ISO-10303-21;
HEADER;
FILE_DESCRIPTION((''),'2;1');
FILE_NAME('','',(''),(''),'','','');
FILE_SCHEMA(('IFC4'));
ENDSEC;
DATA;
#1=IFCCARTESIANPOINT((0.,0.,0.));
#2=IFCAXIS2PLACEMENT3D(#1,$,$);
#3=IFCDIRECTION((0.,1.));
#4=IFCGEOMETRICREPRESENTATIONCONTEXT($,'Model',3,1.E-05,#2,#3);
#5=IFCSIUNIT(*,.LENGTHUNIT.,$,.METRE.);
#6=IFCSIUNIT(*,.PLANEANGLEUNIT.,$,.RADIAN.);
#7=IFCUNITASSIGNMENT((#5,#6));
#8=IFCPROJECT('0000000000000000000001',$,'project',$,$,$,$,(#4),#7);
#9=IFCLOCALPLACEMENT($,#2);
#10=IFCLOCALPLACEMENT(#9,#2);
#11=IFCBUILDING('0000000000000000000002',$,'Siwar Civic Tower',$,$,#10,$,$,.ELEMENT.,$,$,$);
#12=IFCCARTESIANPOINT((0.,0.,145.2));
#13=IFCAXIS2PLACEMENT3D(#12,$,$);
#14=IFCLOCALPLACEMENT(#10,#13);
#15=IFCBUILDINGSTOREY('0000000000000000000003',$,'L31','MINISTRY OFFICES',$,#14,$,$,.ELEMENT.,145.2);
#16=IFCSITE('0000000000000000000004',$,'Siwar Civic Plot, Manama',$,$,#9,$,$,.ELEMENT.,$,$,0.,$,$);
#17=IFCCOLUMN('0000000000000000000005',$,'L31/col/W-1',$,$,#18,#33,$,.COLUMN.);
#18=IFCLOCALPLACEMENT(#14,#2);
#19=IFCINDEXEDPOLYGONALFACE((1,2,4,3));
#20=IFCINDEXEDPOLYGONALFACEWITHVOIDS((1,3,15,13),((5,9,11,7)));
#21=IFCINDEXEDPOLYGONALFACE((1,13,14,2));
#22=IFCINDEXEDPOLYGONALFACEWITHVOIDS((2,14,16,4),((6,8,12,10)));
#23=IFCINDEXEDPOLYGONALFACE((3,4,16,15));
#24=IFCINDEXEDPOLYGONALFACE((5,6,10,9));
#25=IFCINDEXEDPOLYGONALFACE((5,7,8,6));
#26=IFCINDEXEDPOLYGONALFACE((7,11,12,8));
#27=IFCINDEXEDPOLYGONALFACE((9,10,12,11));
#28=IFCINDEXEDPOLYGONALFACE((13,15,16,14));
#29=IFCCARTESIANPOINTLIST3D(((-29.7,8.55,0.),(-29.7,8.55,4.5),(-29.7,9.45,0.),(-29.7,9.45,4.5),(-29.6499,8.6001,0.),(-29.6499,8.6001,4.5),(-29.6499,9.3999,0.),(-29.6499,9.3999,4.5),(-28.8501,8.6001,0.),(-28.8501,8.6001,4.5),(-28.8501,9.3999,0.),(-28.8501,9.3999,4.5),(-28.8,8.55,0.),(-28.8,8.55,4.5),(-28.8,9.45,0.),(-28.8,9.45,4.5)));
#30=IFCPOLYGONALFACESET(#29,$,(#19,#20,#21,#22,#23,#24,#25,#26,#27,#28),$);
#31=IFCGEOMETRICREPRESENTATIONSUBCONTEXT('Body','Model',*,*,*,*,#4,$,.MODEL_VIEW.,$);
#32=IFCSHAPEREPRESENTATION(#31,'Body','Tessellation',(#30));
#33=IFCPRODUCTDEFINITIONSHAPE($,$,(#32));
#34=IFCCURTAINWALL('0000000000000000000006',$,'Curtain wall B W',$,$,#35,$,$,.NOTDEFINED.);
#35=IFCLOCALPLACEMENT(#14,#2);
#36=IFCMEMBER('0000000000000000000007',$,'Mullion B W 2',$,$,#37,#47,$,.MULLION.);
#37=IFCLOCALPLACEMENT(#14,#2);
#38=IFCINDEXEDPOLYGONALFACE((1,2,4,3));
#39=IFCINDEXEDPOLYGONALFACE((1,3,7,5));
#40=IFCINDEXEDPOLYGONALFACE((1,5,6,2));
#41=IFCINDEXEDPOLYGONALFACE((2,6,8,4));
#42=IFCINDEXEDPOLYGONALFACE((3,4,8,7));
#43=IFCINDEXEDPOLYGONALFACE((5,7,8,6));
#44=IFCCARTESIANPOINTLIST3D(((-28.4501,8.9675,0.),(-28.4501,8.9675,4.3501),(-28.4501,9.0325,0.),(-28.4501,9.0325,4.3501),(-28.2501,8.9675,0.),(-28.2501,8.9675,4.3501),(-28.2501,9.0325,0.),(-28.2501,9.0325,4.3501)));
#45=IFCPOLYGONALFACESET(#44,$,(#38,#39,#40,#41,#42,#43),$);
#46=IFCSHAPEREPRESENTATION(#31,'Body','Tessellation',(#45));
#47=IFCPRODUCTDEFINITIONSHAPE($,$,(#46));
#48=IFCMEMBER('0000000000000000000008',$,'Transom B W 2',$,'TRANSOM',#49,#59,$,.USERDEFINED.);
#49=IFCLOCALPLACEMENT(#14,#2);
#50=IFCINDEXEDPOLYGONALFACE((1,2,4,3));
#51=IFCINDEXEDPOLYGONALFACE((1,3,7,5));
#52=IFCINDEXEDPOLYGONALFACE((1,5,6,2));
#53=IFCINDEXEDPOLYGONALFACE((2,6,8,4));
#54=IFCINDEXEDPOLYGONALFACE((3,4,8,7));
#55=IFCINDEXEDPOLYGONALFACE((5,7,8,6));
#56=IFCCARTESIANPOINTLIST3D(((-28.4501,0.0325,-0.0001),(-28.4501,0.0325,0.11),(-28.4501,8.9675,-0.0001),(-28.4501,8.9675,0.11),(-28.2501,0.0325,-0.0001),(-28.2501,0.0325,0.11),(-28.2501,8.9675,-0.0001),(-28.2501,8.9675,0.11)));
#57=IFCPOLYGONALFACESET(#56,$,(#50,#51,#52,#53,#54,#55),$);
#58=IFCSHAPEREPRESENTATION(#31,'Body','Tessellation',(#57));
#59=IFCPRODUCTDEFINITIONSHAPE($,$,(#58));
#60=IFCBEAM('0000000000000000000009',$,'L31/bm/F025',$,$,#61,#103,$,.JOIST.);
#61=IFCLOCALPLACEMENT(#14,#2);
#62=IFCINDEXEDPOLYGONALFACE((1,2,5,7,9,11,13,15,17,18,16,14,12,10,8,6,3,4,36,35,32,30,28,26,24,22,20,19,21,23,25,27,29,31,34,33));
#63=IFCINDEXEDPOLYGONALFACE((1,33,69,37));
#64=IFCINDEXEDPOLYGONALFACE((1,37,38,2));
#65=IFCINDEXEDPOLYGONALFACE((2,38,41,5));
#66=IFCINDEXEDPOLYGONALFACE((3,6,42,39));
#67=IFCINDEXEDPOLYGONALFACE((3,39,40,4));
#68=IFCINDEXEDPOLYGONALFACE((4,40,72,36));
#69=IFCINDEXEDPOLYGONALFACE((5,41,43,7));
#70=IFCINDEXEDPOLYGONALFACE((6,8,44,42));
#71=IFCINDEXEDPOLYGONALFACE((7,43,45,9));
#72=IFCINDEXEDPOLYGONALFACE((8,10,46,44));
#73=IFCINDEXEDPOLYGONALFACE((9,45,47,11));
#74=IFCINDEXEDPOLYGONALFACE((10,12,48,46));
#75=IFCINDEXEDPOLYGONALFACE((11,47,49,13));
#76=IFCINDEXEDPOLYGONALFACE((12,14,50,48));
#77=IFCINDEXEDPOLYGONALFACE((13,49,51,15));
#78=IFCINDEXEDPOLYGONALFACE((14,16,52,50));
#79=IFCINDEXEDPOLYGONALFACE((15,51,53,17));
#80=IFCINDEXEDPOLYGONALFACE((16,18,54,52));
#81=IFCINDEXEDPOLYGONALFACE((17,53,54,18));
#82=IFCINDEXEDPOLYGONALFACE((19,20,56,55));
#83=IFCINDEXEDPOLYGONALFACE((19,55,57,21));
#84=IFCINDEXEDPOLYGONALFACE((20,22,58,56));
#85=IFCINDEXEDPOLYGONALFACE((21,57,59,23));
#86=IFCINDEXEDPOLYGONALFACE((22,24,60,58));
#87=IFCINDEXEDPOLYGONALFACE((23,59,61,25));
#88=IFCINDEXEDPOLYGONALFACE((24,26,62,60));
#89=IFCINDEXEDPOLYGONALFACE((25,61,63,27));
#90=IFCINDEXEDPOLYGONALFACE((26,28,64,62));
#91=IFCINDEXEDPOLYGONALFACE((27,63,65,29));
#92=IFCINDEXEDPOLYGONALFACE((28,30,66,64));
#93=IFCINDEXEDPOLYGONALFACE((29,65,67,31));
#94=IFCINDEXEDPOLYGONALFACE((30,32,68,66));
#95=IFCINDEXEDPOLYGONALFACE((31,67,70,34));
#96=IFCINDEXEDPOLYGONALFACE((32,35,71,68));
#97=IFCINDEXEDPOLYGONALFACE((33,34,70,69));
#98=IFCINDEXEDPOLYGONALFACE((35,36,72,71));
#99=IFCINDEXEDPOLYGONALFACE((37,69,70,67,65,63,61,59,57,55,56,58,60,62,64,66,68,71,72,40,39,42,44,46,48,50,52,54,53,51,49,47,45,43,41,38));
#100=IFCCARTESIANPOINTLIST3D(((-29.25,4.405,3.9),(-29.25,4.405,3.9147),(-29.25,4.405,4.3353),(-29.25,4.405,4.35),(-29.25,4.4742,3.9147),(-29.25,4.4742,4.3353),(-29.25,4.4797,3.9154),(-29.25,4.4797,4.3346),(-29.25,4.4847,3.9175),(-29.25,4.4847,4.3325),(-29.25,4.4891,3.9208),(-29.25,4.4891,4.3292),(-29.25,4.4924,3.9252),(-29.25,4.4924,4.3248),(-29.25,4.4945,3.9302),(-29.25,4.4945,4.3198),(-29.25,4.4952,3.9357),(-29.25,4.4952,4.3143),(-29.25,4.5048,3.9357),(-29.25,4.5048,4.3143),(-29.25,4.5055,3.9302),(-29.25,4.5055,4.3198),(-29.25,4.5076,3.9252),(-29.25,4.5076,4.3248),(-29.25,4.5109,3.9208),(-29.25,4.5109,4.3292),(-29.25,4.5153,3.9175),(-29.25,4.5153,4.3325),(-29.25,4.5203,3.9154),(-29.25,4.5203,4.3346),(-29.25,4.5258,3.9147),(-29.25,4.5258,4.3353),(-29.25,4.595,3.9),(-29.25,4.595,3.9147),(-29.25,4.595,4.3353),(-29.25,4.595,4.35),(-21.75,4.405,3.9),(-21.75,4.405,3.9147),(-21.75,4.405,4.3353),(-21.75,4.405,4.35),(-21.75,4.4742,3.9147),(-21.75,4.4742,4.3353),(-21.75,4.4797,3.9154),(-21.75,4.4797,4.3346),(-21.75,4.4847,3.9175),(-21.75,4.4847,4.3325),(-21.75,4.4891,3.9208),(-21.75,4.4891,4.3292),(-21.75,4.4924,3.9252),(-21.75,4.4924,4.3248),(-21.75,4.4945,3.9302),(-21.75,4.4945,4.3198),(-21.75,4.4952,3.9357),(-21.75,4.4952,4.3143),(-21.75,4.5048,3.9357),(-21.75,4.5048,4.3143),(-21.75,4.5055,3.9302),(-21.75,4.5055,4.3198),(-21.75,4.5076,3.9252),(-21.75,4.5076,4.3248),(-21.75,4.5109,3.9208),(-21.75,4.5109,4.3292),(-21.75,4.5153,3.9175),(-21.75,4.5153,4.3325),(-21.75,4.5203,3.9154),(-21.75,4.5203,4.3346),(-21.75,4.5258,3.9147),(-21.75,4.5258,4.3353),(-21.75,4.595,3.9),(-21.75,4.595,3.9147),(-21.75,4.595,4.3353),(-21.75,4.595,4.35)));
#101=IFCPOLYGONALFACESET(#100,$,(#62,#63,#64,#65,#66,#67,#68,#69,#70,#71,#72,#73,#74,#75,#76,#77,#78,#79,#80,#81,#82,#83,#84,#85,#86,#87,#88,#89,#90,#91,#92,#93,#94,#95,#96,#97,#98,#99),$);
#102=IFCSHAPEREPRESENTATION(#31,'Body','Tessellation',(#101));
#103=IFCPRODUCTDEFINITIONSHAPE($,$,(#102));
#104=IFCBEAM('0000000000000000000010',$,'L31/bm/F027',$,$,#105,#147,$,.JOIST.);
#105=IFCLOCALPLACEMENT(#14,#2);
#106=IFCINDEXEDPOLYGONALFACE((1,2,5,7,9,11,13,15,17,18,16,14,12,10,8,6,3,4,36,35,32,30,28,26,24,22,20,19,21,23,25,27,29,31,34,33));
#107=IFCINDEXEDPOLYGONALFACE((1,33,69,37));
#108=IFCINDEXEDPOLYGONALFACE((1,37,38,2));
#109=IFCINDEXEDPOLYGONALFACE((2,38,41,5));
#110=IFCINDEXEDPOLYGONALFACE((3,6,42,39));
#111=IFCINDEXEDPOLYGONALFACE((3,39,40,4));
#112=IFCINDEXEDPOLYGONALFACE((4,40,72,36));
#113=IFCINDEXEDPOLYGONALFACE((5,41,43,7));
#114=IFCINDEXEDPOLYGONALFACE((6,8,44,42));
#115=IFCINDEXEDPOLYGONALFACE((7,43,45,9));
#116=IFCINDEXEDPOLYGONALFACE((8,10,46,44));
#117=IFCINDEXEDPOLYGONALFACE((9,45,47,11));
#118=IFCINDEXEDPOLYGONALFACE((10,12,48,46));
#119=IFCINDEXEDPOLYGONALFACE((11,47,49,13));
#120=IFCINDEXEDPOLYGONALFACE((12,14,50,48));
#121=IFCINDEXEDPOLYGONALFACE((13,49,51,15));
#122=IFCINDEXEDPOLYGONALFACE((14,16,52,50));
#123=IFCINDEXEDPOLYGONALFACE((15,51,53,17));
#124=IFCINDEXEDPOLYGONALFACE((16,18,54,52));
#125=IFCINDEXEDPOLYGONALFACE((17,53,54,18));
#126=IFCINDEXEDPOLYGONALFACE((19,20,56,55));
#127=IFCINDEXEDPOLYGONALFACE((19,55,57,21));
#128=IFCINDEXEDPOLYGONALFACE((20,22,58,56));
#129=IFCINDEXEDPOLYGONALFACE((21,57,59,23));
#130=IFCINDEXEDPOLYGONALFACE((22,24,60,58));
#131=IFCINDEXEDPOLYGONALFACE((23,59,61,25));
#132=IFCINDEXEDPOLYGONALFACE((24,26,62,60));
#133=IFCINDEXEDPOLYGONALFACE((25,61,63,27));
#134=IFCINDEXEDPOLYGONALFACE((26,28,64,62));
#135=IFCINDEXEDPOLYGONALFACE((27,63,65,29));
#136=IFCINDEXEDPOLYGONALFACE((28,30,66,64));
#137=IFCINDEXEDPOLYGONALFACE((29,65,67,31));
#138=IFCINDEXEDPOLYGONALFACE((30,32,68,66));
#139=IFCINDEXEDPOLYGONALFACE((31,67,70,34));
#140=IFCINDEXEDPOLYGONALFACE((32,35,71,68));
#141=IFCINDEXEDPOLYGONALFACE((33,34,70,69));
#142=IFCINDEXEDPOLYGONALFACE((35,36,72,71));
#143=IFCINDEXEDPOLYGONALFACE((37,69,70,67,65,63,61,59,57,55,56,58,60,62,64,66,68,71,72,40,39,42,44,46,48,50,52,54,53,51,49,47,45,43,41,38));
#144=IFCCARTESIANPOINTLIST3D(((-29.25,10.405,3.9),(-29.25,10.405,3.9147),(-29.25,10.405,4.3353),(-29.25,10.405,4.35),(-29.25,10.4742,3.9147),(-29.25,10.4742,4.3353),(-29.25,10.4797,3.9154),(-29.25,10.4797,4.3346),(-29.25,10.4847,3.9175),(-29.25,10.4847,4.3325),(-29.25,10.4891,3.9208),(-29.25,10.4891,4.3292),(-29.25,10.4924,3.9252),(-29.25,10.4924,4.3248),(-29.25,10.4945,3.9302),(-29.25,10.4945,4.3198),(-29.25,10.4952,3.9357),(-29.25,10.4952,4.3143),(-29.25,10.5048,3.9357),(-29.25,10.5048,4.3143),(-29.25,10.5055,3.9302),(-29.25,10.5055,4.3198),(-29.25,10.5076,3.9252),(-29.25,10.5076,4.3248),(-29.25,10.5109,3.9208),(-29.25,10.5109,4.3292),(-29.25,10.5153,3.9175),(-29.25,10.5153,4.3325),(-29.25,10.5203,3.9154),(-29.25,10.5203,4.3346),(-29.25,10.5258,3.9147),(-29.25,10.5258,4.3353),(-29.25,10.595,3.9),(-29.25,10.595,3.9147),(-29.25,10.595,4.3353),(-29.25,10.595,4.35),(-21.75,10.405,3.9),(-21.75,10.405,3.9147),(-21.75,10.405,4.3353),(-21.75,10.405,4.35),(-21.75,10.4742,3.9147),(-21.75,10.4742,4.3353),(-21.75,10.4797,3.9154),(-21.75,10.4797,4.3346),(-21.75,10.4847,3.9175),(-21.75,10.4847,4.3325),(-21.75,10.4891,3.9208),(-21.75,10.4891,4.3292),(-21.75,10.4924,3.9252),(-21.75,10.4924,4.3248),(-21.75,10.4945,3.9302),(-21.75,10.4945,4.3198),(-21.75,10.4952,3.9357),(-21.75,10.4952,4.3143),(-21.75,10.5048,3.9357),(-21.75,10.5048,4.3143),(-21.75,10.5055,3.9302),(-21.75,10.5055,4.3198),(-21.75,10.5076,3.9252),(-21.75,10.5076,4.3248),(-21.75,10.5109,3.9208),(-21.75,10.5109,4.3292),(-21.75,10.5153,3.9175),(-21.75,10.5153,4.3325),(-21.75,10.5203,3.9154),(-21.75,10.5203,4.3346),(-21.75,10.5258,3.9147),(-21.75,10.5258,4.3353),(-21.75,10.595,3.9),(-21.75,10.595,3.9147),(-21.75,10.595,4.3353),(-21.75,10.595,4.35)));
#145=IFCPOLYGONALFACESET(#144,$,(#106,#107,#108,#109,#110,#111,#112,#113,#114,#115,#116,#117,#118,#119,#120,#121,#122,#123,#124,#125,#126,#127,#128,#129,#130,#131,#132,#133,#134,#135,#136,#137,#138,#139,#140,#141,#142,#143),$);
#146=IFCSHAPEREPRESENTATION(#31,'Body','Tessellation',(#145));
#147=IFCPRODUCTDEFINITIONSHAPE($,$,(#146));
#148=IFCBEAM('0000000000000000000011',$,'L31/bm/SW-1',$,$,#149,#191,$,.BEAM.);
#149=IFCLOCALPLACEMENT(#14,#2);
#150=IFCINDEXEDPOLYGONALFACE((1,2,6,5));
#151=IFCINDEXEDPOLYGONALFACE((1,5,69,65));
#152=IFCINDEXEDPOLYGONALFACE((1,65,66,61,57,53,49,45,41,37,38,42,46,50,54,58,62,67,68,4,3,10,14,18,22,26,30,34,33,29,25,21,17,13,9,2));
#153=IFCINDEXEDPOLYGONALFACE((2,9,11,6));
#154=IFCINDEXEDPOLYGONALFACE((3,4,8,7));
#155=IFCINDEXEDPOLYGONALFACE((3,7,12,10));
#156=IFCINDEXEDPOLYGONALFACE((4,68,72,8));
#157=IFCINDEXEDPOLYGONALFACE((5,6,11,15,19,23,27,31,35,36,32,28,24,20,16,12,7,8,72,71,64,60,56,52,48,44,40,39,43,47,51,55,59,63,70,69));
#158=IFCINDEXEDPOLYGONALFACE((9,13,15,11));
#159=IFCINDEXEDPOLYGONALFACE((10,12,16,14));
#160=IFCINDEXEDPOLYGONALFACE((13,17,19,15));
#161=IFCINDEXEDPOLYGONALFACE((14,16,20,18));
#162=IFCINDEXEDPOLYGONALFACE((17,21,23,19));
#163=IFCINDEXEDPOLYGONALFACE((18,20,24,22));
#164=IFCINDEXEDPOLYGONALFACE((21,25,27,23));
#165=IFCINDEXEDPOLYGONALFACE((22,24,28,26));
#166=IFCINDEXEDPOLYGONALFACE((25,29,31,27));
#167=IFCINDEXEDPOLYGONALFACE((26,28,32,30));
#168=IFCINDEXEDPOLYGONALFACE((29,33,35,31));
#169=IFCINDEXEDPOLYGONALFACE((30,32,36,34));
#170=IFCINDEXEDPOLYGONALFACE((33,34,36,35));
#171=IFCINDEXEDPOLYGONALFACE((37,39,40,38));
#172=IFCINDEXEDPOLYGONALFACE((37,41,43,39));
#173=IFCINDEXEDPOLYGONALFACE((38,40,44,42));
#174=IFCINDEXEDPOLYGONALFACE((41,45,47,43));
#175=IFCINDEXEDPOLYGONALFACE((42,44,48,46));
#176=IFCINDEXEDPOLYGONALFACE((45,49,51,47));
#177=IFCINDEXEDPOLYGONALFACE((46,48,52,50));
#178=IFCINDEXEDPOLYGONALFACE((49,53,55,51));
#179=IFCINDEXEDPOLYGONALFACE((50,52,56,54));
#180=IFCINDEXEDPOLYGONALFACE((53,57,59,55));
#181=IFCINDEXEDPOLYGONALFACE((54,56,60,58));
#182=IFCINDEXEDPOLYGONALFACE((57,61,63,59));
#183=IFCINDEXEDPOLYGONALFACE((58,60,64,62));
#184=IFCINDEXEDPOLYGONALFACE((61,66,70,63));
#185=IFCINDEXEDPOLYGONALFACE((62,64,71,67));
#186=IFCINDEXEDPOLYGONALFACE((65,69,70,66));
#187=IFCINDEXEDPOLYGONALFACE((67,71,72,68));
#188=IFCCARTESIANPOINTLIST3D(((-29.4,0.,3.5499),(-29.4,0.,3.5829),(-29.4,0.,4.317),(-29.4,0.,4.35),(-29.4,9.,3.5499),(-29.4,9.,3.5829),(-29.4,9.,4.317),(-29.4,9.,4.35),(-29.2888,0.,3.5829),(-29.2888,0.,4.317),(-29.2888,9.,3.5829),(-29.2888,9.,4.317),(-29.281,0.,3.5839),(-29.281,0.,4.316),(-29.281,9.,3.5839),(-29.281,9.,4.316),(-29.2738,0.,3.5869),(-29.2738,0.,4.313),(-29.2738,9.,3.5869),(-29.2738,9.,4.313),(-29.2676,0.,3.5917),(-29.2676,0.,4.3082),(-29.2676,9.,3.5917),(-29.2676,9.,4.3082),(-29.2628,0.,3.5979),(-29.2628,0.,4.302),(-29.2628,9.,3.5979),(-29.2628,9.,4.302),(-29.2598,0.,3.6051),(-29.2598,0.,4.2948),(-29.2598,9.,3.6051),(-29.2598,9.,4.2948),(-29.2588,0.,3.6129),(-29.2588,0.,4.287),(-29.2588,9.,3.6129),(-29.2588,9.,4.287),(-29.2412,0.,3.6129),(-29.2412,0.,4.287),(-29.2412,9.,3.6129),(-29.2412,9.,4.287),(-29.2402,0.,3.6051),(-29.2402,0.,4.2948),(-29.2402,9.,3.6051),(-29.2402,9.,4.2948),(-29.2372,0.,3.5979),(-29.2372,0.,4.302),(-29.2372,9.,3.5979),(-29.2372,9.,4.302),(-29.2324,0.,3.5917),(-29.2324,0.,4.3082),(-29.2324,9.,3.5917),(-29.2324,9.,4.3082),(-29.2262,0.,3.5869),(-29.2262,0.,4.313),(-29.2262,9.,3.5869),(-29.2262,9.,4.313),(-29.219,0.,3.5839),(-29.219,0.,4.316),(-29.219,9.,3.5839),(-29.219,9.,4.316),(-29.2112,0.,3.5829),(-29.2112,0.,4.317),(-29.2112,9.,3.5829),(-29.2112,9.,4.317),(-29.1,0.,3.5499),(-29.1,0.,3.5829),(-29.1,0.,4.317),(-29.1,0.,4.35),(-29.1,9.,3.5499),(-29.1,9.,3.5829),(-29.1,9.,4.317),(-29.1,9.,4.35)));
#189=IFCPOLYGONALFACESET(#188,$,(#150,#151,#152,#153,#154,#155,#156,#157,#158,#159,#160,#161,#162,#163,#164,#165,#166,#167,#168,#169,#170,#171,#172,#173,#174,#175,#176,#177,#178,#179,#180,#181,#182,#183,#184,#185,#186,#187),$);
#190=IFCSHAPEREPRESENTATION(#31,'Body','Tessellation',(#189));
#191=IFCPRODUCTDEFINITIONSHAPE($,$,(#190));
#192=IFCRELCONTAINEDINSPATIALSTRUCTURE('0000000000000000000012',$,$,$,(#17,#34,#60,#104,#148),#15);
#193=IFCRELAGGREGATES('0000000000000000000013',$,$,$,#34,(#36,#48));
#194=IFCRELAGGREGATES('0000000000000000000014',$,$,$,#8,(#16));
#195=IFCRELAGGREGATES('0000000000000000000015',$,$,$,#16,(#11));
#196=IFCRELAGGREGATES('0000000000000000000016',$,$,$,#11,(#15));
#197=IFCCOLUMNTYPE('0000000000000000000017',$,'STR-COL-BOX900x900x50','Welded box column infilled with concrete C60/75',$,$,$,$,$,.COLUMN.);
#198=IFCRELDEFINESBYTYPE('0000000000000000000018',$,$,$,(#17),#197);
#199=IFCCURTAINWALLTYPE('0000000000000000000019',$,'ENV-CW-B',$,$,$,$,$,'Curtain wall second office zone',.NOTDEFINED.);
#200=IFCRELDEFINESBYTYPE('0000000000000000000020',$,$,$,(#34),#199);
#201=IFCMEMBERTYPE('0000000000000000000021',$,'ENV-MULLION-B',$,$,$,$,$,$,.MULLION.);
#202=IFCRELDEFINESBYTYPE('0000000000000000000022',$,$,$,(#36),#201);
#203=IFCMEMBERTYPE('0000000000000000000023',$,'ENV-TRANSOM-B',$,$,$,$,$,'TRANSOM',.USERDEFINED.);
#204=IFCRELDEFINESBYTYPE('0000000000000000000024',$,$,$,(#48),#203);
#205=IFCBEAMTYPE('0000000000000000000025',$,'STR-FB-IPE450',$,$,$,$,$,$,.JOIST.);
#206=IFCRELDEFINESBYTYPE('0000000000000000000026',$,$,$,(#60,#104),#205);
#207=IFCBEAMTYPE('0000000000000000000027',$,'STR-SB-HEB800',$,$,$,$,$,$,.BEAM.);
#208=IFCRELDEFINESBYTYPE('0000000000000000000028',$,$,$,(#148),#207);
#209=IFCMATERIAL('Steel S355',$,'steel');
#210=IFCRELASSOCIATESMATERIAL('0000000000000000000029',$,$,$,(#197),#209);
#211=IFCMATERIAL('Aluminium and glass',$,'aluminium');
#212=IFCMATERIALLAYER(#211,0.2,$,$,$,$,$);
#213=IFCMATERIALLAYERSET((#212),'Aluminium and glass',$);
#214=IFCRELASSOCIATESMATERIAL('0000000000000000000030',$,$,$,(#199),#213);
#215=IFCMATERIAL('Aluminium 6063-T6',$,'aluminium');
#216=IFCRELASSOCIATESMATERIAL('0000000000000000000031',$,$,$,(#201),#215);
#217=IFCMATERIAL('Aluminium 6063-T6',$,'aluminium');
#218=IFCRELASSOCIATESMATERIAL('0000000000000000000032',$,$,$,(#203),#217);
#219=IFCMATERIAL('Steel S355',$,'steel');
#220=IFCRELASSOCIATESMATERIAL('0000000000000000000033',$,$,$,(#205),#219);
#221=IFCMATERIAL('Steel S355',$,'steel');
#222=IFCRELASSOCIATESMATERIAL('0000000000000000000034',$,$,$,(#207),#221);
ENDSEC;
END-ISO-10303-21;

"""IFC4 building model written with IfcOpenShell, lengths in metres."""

from ifc_helpers import new_model, si_unit, direction, frame, origin, origin_2d, place, context, subcontext, project, spatial, rectangle, hollow_rectangle, i_section, extrude, material, layer, layer_set, material_profile, profile_set, type_object, element, aggregate, save


model = new_model("IFC4")

# Units and contexts
model_context = context("Model", 3, precision=1e-05, world=origin(), true_north=direction((0.0, 1.0)))
body_context = subcontext(model_context, "Body", "Model", "MODEL_VIEW")
ifc_project = project(units=[si_unit("LENGTHUNIT", "METRE"), si_unit("PLANEANGLEUNIT", "RADIAN")], contexts=[model_context])

# Site, building, storey
site_placement = place(None, origin())
site = spatial("IfcSite", under=ifc_project, at=site_placement, Name="Siwar Civic Plot, Manama", CompositionType="ELEMENT", RefElevation=0.0)
building_placement = place(site_placement, origin())
building = spatial("IfcBuilding", under=site, at=building_placement, Name="Siwar Civic Tower", CompositionType="ELEMENT")
storey_placement = place(building_placement, frame((0.0, 0.0, 145.2)))
storey = spatial("IfcBuildingStorey", under=building, at=storey_placement, Name="L31", Description="MINISTRY OFFICES", CompositionType="ELEMENT", Elevation=145.2)

# Column
ifc_material_1 = material(Name="Steel S355", Category="steel")
ifc_material_profile_1 = material_profile(ifc_material_1, hollow_rectangle(XDim=0.8999, YDim=0.8999, WallThickness=0.05, at=origin_2d()), Name="BOX900x900x50")
ifc_profile_set_1 = profile_set([ifc_material_profile_1], Name="Steel S355")
column_type = type_object("IfcColumnType", Name="STR-COL-BOX900x900x50", Description="Welded box column infilled with concrete C60/75", PredefinedType="COLUMN", material=ifc_profile_set_1)
column_placement = place(storey_placement, frame((-29.25, 9.0, 0.0), z_axis=(0.0, 0.0, 1.0), x_axis=(1.0, 0.0, 0.0)))
element("IfcColumn", 1, at=column_placement, inside=storey, type_object=column_type, Name="L31/col/W-1", PredefinedType="COLUMN", context=body_context, shape_type="SweptSolid", body=[
    extrude(hollow_rectangle(XDim=0.8999, YDim=0.8999, WallThickness=0.05, at=origin_2d()), origin(), (0.0, 0.0, 1.0), 4.5),
])

# Curtain wall, members
ifc_material_2 = material(Name="Aluminium and glass", Category="aluminium")
ifc_layer_1 = layer(ifc_material_2, 0.2)
ifc_layer_set_1 = layer_set([ifc_layer_1], Name="Aluminium and glass")
curtain_wall_type = type_object("IfcCurtainWallType", Name="ENV-CW-B", ElementType="Curtain wall second office zone", PredefinedType="NOTDEFINED", material=ifc_layer_set_1)
curtain_wall_placement = place(storey_placement, origin())
curtain_wall = element("IfcCurtainWall", 2, at=curtain_wall_placement, inside=storey, type_object=curtain_wall_type, Name="Curtain wall B W", PredefinedType="NOTDEFINED")
ifc_material_3 = material(Name="Aluminium 6063-T6", Category="aluminium")
ifc_material_profile_2 = material_profile(ifc_material_3, rectangle(XDim=0.2, YDim=0.0649, at=origin_2d()), Name="AL 200x65")
ifc_profile_set_2 = profile_set([ifc_material_profile_2], Name="Aluminium 6063-T6")
member_type_1 = type_object("IfcMemberType", Name="ENV-MULLION-B", PredefinedType="MULLION", material=ifc_profile_set_2)
member_1_placement = place(storey_placement, frame((-28.3501, 9.0, 0.0), z_axis=(0.0, 0.0, 1.0), x_axis=(1.0, 0.0, 0.0)))
member_1 = element("IfcMember", 3, at=member_1_placement, type_object=member_type_1, Name="Mullion B W 2", PredefinedType="MULLION", context=body_context, shape_type="SweptSolid", body=[
    extrude(rectangle(XDim=0.2, YDim=0.0649, at=origin_2d()), origin(), (0.0, 0.0, 1.0), 4.3501),
])
ifc_material_4 = material(Name="Aluminium 6063-T6", Category="aluminium")
ifc_material_profile_3 = material_profile(ifc_material_4, rectangle(XDim=0.2, YDim=0.1101, at=origin_2d()), Name="AL 200x110")
ifc_profile_set_3 = profile_set([ifc_material_profile_3], Name="Aluminium 6063-T6")
member_type_2 = type_object("IfcMemberType", Name="ENV-TRANSOM-B", ElementType="TRANSOM", PredefinedType="USERDEFINED", material=ifc_profile_set_3)
member_2_placement = place(storey_placement, frame((-28.3501, 8.9675, 0.0549), z_axis=(0.0, -1.0, 0.0), x_axis=(1.0, 0.0, 0.0)))
member_2 = element("IfcMember", 4, at=member_2_placement, type_object=member_type_2, Name="Transom B W 2", ObjectType="TRANSOM", PredefinedType="USERDEFINED", context=body_context, shape_type="SweptSolid", body=[
    extrude(rectangle(XDim=0.2, YDim=0.1101, at=origin_2d()), origin(), (0.0, 0.0, 1.0), 8.9351),
])

# Beams
ifc_material_5 = material(Name="Steel S355", Category="steel")
ifc_material_profile_4 = material_profile(ifc_material_5, i_section(OverallWidth=0.1899, OverallDepth=0.45, WebThickness=0.0095, FlangeThickness=0.0146, FilletRadius=0.021, at=origin_2d()), Name="IPE450")
ifc_profile_set_4 = profile_set([ifc_material_profile_4], Name="Steel S355")
beam_type_1 = type_object("IfcBeamType", Name="STR-FB-IPE450", PredefinedType="JOIST", material=ifc_profile_set_4)
for number, where, z_axis, x_axis, name in (
    (5, (-29.25, 4.5, 4.125), (1.0, 0.0, 0.0), (0.0, 1.0, 0.0), "L31/bm/F025"),
    (6, (-29.25, 10.5, 4.125), (1.0, 0.0, 0.0), (0.0, 1.0, 0.0), "L31/bm/F027"),
):
    element("IfcBeam", number, at=place(storey_placement, frame(where, z_axis=z_axis, x_axis=x_axis)), inside=storey, type_object=beam_type_1, Name=name, PredefinedType="JOIST", context=body_context, shape_type="SweptSolid", body=[
        extrude(i_section(OverallWidth=0.1899, OverallDepth=0.45, WebThickness=0.0095, FlangeThickness=0.0146, FilletRadius=0.021, at=origin_2d()), origin(), (0.0, 0.0, 1.0), 7.5),
    ])
ifc_material_6 = material(Name="Steel S355", Category="steel")
ifc_material_profile_5 = material_profile(ifc_material_6, i_section(OverallWidth=0.3, OverallDepth=0.8, WebThickness=0.0176, FlangeThickness=0.033, FilletRadius=0.03, at=origin_2d()), Name="HEB800")
ifc_profile_set_5 = profile_set([ifc_material_profile_5], Name="Steel S355")
beam_type_2 = type_object("IfcBeamType", Name="STR-SB-HEB800", PredefinedType="BEAM", material=ifc_profile_set_5)
beam_placement = place(storey_placement, frame((-29.25, 9.0, 3.95), z_axis=(0.0, -1.0, 0.0), x_axis=(1.0, 0.0, 0.0)))
element("IfcBeam", 7, at=beam_placement, inside=storey, type_object=beam_type_2, Name="L31/bm/SW-1", PredefinedType="BEAM", context=body_context, shape_type="SweptSolid", body=[
    extrude(i_section(OverallWidth=0.3, OverallDepth=0.8, WebThickness=0.0176, FlangeThickness=0.033, FilletRadius=0.03, at=origin_2d()), origin(), (0.0, 0.0, 1.0), 9.0),
])

aggregate(curtain_wall, [member_1, member_2])

save(model, "model.ifc")
